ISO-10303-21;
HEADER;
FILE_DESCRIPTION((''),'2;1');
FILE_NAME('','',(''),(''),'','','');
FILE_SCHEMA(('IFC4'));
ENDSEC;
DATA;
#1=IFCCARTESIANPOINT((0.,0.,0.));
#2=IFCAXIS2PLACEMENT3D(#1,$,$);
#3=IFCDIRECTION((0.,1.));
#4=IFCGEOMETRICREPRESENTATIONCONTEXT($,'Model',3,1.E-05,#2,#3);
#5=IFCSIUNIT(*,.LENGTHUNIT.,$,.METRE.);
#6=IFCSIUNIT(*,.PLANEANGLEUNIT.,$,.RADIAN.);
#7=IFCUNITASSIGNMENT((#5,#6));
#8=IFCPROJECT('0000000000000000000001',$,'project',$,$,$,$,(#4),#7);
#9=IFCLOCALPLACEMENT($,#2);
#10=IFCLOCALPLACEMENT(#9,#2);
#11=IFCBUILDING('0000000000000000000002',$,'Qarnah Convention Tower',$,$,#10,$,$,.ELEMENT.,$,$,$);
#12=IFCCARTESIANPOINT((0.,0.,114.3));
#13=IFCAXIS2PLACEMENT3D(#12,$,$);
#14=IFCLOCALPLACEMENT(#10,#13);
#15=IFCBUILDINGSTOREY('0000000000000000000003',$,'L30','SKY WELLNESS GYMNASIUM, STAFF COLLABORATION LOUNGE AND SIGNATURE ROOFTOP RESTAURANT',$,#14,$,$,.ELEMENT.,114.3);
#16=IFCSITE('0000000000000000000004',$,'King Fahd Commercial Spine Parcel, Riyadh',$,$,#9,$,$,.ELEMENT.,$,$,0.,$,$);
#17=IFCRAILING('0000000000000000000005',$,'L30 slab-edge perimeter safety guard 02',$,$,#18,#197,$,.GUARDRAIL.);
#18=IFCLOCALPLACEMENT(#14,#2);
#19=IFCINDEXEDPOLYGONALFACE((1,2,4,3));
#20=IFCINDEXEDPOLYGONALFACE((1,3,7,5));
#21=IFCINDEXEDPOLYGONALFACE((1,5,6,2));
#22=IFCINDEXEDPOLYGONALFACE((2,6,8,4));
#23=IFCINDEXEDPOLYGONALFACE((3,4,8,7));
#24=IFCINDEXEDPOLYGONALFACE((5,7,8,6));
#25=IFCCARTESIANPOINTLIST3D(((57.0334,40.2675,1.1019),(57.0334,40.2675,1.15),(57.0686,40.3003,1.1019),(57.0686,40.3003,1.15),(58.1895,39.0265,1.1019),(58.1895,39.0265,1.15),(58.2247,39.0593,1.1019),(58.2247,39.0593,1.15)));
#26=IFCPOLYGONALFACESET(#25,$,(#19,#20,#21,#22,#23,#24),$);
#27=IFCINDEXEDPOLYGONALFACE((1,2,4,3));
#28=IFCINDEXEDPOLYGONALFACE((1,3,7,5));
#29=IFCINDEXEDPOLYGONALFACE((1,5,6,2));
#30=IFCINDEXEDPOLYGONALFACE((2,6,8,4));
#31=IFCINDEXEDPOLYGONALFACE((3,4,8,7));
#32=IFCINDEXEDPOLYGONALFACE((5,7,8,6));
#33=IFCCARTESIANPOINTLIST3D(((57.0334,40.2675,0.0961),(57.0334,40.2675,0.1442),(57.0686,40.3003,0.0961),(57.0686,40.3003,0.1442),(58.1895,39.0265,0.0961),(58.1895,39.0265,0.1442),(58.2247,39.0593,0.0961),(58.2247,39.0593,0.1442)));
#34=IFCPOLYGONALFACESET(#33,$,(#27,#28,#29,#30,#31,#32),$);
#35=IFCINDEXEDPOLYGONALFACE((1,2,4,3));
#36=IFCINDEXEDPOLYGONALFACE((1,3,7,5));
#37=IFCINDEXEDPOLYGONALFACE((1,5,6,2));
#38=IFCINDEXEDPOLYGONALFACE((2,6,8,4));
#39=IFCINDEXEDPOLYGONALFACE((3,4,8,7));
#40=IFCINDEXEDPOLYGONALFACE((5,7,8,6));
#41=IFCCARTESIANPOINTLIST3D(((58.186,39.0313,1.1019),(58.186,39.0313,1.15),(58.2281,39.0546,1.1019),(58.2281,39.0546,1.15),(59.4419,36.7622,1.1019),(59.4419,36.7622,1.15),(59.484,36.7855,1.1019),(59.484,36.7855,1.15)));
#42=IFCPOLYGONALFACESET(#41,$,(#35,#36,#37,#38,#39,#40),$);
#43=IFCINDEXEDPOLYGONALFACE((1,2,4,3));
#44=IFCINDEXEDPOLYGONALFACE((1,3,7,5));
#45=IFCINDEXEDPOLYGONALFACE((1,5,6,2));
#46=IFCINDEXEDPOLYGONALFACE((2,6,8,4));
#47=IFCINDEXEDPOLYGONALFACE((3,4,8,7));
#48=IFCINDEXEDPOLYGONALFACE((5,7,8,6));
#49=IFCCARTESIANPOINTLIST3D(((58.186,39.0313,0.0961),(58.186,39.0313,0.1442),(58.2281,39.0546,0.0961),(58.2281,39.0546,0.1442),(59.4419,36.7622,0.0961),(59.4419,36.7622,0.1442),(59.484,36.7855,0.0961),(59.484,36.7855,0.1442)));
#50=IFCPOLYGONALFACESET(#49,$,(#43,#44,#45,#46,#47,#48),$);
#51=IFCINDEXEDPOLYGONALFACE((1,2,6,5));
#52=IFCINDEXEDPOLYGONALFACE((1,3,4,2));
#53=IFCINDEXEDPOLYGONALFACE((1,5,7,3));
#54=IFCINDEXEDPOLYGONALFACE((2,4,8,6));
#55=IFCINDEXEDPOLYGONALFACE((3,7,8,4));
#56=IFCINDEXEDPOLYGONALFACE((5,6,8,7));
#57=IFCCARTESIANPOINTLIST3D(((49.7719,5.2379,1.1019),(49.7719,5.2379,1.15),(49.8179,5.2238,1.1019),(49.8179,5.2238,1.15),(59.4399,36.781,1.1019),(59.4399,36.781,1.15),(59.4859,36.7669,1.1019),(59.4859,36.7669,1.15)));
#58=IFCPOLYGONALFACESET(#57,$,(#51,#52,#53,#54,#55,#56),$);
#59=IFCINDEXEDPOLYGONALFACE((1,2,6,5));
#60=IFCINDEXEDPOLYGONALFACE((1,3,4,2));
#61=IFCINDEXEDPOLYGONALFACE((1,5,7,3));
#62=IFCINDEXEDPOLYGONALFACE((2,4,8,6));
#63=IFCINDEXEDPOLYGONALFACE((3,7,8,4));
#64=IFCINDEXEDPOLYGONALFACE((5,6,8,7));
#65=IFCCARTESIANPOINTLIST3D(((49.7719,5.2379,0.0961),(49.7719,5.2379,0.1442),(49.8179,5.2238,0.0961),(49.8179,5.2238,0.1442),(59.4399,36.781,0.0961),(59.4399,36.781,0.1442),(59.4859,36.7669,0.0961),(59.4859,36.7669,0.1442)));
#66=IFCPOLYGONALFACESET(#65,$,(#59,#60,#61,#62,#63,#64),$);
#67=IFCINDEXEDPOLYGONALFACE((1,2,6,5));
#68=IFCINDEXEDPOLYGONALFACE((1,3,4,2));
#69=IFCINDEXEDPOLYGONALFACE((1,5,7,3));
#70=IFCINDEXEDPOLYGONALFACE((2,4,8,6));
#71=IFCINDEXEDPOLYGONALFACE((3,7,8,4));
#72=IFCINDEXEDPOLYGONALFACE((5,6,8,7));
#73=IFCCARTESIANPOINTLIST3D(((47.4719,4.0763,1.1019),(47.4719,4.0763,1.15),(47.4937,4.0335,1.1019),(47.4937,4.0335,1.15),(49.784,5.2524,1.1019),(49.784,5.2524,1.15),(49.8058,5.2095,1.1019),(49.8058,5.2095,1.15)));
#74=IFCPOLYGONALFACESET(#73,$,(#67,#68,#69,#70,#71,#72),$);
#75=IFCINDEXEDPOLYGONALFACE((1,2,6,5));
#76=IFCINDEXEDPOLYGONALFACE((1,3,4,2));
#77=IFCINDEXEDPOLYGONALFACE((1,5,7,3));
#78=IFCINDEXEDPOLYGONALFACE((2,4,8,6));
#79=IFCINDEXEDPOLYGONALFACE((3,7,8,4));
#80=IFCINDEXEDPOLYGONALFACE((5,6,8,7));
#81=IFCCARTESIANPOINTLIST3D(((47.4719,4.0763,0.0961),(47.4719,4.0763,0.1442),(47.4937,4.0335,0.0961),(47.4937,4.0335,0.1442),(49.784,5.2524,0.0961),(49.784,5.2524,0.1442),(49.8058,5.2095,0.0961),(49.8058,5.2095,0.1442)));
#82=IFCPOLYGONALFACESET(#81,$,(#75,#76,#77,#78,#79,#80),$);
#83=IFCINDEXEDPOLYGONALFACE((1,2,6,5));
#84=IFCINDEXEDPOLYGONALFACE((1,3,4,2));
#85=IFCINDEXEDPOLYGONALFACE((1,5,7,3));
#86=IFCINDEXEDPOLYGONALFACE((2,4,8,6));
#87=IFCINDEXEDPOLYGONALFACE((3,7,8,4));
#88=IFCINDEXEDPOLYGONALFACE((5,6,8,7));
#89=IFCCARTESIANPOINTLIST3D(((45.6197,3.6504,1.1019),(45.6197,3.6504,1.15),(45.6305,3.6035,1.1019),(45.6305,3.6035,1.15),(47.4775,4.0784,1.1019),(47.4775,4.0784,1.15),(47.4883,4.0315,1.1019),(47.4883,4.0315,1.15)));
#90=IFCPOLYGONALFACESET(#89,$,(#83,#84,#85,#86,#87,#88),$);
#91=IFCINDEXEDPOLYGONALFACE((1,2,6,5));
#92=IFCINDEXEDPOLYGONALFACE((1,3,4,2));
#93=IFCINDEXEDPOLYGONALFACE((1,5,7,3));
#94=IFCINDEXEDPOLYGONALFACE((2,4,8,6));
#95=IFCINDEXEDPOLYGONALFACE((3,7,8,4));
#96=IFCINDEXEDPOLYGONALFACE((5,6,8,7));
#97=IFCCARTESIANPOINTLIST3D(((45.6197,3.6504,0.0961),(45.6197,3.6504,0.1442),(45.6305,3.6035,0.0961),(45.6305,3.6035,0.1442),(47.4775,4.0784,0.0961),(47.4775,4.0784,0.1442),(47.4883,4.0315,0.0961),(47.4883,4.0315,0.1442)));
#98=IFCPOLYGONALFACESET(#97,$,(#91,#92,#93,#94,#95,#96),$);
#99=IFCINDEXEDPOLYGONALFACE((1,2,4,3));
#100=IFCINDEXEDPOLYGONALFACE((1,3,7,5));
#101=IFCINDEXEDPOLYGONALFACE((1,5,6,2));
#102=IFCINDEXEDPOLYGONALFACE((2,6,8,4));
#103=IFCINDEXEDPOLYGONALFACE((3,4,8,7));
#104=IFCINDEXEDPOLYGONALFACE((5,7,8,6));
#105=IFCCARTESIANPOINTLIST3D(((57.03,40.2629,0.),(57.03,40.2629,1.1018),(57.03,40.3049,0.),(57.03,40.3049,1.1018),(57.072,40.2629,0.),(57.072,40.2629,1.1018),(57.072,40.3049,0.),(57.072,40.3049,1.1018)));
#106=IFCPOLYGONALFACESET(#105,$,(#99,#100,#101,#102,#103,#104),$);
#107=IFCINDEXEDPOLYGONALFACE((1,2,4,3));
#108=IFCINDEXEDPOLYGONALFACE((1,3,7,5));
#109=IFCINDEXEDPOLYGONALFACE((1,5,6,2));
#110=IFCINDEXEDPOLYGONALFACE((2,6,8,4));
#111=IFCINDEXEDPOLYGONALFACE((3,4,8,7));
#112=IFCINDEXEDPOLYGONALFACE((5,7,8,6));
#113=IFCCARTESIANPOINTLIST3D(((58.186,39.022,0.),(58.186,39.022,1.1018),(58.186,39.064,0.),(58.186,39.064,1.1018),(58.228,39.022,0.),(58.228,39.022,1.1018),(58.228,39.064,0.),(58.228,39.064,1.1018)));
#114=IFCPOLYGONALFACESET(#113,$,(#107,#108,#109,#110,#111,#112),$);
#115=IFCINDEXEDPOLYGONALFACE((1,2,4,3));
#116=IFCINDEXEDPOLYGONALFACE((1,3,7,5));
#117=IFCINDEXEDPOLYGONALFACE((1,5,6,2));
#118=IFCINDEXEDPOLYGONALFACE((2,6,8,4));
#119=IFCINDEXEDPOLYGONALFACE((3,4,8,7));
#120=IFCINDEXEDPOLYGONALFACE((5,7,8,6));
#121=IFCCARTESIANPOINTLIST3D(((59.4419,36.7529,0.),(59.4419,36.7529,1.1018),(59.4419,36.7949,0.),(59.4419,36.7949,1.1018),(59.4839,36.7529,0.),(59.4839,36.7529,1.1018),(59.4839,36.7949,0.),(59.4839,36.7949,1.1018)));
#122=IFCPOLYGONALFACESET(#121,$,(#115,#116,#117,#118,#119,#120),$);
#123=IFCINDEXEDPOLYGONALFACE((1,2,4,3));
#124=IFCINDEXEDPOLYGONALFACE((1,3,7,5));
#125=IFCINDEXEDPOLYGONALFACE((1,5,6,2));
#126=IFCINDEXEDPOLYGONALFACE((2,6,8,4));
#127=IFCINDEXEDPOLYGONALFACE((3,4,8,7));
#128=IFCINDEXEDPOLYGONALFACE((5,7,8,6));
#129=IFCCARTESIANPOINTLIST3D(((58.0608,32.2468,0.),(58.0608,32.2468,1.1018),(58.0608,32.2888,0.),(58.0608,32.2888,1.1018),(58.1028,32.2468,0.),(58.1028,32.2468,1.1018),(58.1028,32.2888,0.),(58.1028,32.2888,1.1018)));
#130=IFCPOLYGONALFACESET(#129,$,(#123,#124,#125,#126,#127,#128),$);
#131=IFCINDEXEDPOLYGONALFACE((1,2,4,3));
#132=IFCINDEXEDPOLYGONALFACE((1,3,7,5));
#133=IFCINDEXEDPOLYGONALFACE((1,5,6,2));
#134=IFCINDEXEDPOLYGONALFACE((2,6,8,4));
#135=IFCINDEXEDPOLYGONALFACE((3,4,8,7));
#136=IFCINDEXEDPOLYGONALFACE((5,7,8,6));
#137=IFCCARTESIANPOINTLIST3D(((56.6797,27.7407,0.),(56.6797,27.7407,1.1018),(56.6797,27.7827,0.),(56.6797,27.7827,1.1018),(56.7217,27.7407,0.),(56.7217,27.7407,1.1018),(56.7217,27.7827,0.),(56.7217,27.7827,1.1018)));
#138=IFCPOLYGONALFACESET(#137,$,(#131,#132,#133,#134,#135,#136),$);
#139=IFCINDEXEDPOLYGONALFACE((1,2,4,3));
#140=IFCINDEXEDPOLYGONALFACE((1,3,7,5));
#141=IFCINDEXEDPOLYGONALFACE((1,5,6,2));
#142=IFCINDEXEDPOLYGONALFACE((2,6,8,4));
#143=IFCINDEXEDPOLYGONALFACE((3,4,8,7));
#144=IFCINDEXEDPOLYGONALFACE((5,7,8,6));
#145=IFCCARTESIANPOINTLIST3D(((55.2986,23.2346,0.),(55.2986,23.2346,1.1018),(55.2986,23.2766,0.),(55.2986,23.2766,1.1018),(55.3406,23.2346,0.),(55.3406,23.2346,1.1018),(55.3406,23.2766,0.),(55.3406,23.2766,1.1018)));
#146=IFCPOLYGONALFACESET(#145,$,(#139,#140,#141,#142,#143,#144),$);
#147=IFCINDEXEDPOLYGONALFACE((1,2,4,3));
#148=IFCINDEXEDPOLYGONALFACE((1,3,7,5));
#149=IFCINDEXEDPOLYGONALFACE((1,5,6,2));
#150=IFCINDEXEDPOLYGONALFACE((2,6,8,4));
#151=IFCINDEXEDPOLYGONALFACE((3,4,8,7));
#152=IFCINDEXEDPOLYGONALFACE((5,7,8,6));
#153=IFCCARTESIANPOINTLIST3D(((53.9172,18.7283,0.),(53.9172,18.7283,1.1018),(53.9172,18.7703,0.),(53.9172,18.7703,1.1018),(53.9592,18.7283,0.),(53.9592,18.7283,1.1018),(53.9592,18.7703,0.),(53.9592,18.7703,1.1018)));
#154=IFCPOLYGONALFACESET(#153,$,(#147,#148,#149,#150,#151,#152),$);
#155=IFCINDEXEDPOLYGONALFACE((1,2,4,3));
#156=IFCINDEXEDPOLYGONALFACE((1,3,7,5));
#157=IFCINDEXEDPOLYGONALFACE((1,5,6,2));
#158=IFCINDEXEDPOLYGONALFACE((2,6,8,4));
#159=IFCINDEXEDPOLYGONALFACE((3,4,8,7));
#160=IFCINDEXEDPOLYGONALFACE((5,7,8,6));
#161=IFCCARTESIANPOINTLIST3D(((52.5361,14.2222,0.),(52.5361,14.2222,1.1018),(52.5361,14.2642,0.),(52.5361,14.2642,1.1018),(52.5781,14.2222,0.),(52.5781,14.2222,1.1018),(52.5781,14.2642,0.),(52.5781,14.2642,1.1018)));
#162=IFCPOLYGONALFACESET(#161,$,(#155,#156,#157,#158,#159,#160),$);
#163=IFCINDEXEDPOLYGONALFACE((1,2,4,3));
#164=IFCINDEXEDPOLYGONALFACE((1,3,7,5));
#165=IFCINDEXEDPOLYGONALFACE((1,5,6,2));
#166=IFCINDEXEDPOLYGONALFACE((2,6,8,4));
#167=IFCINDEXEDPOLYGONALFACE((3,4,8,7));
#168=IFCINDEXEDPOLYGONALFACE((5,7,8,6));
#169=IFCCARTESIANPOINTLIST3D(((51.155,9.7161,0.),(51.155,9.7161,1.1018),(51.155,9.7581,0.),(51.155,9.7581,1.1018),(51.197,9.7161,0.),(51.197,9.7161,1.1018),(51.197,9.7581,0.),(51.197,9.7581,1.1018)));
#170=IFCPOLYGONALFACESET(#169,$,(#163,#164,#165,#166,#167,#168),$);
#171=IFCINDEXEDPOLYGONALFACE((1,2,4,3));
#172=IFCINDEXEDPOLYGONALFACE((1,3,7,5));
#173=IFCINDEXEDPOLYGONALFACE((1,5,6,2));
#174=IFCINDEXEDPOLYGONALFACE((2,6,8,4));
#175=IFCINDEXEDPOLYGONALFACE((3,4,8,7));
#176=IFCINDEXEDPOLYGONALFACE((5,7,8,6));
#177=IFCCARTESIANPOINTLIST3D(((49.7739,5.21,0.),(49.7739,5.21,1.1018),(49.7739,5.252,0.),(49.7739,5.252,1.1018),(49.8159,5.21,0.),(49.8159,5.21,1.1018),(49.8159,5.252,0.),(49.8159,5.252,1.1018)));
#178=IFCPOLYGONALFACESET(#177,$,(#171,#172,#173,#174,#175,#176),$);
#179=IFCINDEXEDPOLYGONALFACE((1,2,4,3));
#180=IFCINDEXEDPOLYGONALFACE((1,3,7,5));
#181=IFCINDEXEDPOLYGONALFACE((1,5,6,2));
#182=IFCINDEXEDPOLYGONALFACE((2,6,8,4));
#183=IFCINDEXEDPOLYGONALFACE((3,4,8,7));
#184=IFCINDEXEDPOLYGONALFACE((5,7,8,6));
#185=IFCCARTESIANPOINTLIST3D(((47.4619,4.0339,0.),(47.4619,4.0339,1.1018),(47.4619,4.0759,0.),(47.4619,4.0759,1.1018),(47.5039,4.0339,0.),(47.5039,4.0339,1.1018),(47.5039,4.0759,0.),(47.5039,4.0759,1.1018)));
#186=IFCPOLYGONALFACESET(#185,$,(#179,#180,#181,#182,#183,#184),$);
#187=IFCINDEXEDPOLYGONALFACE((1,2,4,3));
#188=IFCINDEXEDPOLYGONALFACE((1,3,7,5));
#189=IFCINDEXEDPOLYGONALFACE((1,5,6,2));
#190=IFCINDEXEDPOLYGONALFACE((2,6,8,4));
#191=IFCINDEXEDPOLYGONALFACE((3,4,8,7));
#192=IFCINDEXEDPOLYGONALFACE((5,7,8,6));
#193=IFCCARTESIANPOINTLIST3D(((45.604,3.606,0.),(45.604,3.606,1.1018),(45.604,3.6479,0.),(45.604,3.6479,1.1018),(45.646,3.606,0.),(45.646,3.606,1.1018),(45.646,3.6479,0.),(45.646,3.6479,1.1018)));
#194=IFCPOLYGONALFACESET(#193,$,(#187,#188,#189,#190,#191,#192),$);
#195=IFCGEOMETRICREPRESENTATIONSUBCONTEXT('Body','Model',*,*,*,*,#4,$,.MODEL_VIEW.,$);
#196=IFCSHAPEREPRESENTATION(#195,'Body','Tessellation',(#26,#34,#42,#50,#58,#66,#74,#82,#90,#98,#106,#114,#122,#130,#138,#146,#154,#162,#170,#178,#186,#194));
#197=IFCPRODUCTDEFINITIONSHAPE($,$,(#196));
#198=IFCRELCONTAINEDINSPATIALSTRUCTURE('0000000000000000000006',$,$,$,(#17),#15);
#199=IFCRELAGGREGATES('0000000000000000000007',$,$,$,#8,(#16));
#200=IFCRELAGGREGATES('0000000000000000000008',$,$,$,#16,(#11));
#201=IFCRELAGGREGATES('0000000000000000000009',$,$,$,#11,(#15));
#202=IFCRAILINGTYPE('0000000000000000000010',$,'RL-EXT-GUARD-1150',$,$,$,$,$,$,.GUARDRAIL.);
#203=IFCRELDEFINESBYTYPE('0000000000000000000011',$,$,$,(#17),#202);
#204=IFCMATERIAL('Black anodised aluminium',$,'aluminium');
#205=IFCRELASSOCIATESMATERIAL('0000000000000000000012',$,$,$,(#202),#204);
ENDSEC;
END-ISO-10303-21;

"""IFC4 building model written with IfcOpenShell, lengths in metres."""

from ifc_helpers import new_model, si_unit, direction, frame, origin, origin_2d, place, context, subcontext, project, spatial, rectangle, extrude, material, type_object, element, save


model = new_model("IFC4")

# Units and contexts
model_context = context("Model", 3, precision=1e-05, world=origin(), true_north=direction((0.0, 1.0)))
body_context = subcontext(model_context, "Body", "Model", "MODEL_VIEW")
ifc_project = project(units=[si_unit("LENGTHUNIT", "METRE"), si_unit("PLANEANGLEUNIT", "RADIAN")], contexts=[model_context])

# Site, building, storey
site_placement = place(None, origin())
site = spatial("IfcSite", under=ifc_project, at=site_placement, Name="King Fahd Commercial Spine Parcel, Riyadh", CompositionType="ELEMENT", RefElevation=0.0)
building_placement = place(site_placement, origin())
building = spatial("IfcBuilding", under=site, at=building_placement, Name="Qarnah Convention Tower", CompositionType="ELEMENT")
storey_placement = place(building_placement, frame((0.0, 0.0, 114.3)))
storey = spatial("IfcBuildingStorey", under=building, at=storey_placement, Name="L30", Description="SKY WELLNESS GYMNASIUM, STAFF COLLABORATION LOUNGE AND SIGNATURE ROOFTOP RESTAURANT", CompositionType="ELEMENT", Elevation=114.3)

# Shared definitions
ifc_material_1 = material(Name="Black anodised aluminium", Category="aluminium")

# Railing
railing_type = type_object("IfcRailingType", Name="RL-EXT-GUARD-1150", PredefinedType="GUARDRAIL", material=ifc_material_1)
railing_1_placement = place(storey_placement, frame((57.051, 40.2839, 0.0)))
element("IfcRailing", 1, at=railing_1_placement, inside=storey, type_object=railing_type, Name="L30 slab-edge perimeter safety guard 02", PredefinedType="GUARDRAIL", context=body_context, shape_type="SweptSolid", body=[
    extrude(rectangle(XDim=0.0481, YDim=0.0481, at=origin_2d()), frame((0.0, 0.0, 1.126), z_axis=(0.681615, -0.731711, 0.0), x_axis=(0.731711, 0.681615, 0.0)), (0.0, 0.0, 1.0), 1.696),
    extrude(rectangle(XDim=0.0481, YDim=0.0481, at=origin_2d()), frame((0.0, 0.0, 0.1201), z_axis=(0.681615, -0.731711, 0.0), x_axis=(0.731711, 0.681615, 0.0)), (0.0, 0.0, 1.0), 1.696),
    extrude(rectangle(XDim=0.0481, YDim=0.0481, at=origin_2d()), frame((1.156, -1.241, 1.126), z_axis=(0.484252, -0.874929, 0.0), x_axis=(0.874929, 0.484252, 0.0)), (0.0, 0.0, 1.0), 2.5935),
    extrude(rectangle(XDim=0.0481, YDim=0.0481, at=origin_2d()), frame((1.156, -1.241, 0.1201), z_axis=(0.484252, -0.874929, 0.0), x_axis=(0.874929, 0.484252, 0.0)), (0.0, 0.0, 1.0), 2.5935),
    extrude(rectangle(XDim=0.0481, YDim=0.0481, at=origin_2d()), frame((2.4119, -3.51, 1.126), z_axis=(-0.293046, -0.956098, 0.0), x_axis=(0.956098, -0.293046, 0.0)), (0.0, 0.0, 1.0), 32.9915),
    extrude(rectangle(XDim=0.0481, YDim=0.0481, at=origin_2d()), frame((2.4119, -3.51, 0.1201), z_axis=(-0.293046, -0.956098, 0.0), x_axis=(0.956098, -0.293046, 0.0)), (0.0, 0.0, 1.0), 32.9915),
    extrude(rectangle(XDim=0.0481, YDim=0.0481, at=origin_2d()), frame((-7.2561, -35.053, 1.126), z_axis=(-0.891319, -0.453377, 0.0), x_axis=(0.453377, -0.891319, 0.0)), (0.0, 0.0, 1.0), 2.594),
    extrude(rectangle(XDim=0.0481, YDim=0.0481, at=origin_2d()), frame((-7.2561, -35.053, 0.1201), z_axis=(-0.891319, -0.453377, 0.0), x_axis=(0.453377, -0.891319, 0.0)), (0.0, 0.0, 1.0), 2.594),
    extrude(rectangle(XDim=0.0481, YDim=0.0481, at=origin_2d()), frame((-9.5681, -36.229, 1.126), z_axis=(-0.97448, -0.224476, 0.0), x_axis=(0.224476, -0.97448, 0.0)), (0.0, 0.0, 1.0), 1.9065),
    extrude(rectangle(XDim=0.0481, YDim=0.0481, at=origin_2d()), frame((-9.5681, -36.229, 0.1201), z_axis=(-0.97448, -0.224476, 0.0), x_axis=(0.224476, -0.97448, 0.0)), (0.0, 0.0, 1.0), 1.9065),
    extrude(rectangle(XDim=0.042, YDim=0.042, at=origin_2d()), origin(), (0.0, 0.0, 1.0), 1.1018),
    extrude(rectangle(XDim=0.042, YDim=0.042, at=origin_2d()), frame((1.156, -1.241, 0.0)), (0.0, 0.0, 1.0), 1.1018),
    extrude(rectangle(XDim=0.042, YDim=0.042, at=origin_2d()), frame((2.4119, -3.51, 0.0)), (0.0, 0.0, 1.0), 1.1018),
    extrude(rectangle(XDim=0.042, YDim=0.042, at=origin_2d()), frame((1.0308, -8.0161, 0.0)), (0.0, 0.0, 1.0), 1.1018),
    extrude(rectangle(XDim=0.042, YDim=0.042, at=origin_2d()), frame((-0.3503, -12.5222, 0.0)), (0.0, 0.0, 1.0), 1.1018),
    extrude(rectangle(XDim=0.042, YDim=0.042, at=origin_2d()), frame((-1.7314, -17.0283, 0.0)), (0.0, 0.0, 1.0), 1.1018),
    extrude(rectangle(XDim=0.042, YDim=0.042, at=origin_2d()), frame((-3.1128, -21.5347, 0.0)), (0.0, 0.0, 1.0), 1.1018),
    extrude(rectangle(XDim=0.042, YDim=0.042, at=origin_2d()), frame((-4.4939, -26.0408, 0.0)), (0.0, 0.0, 1.0), 1.1018),
    extrude(rectangle(XDim=0.042, YDim=0.042, at=origin_2d()), frame((-5.875, -30.5469, 0.0)), (0.0, 0.0, 1.0), 1.1018),
    extrude(rectangle(XDim=0.042, YDim=0.042, at=origin_2d()), frame((-7.2561, -35.053, 0.0)), (0.0, 0.0, 1.0), 1.1018),
    extrude(rectangle(XDim=0.042, YDim=0.042, at=origin_2d()), frame((-9.5681, -36.229, 0.0)), (0.0, 0.0, 1.0), 1.1018),
    extrude(rectangle(XDim=0.042, YDim=0.042, at=origin_2d()), frame((-11.426, -36.657, 0.0)), (0.0, 0.0, 1.0), 1.1018),
])

save(model, "model.ifc")
